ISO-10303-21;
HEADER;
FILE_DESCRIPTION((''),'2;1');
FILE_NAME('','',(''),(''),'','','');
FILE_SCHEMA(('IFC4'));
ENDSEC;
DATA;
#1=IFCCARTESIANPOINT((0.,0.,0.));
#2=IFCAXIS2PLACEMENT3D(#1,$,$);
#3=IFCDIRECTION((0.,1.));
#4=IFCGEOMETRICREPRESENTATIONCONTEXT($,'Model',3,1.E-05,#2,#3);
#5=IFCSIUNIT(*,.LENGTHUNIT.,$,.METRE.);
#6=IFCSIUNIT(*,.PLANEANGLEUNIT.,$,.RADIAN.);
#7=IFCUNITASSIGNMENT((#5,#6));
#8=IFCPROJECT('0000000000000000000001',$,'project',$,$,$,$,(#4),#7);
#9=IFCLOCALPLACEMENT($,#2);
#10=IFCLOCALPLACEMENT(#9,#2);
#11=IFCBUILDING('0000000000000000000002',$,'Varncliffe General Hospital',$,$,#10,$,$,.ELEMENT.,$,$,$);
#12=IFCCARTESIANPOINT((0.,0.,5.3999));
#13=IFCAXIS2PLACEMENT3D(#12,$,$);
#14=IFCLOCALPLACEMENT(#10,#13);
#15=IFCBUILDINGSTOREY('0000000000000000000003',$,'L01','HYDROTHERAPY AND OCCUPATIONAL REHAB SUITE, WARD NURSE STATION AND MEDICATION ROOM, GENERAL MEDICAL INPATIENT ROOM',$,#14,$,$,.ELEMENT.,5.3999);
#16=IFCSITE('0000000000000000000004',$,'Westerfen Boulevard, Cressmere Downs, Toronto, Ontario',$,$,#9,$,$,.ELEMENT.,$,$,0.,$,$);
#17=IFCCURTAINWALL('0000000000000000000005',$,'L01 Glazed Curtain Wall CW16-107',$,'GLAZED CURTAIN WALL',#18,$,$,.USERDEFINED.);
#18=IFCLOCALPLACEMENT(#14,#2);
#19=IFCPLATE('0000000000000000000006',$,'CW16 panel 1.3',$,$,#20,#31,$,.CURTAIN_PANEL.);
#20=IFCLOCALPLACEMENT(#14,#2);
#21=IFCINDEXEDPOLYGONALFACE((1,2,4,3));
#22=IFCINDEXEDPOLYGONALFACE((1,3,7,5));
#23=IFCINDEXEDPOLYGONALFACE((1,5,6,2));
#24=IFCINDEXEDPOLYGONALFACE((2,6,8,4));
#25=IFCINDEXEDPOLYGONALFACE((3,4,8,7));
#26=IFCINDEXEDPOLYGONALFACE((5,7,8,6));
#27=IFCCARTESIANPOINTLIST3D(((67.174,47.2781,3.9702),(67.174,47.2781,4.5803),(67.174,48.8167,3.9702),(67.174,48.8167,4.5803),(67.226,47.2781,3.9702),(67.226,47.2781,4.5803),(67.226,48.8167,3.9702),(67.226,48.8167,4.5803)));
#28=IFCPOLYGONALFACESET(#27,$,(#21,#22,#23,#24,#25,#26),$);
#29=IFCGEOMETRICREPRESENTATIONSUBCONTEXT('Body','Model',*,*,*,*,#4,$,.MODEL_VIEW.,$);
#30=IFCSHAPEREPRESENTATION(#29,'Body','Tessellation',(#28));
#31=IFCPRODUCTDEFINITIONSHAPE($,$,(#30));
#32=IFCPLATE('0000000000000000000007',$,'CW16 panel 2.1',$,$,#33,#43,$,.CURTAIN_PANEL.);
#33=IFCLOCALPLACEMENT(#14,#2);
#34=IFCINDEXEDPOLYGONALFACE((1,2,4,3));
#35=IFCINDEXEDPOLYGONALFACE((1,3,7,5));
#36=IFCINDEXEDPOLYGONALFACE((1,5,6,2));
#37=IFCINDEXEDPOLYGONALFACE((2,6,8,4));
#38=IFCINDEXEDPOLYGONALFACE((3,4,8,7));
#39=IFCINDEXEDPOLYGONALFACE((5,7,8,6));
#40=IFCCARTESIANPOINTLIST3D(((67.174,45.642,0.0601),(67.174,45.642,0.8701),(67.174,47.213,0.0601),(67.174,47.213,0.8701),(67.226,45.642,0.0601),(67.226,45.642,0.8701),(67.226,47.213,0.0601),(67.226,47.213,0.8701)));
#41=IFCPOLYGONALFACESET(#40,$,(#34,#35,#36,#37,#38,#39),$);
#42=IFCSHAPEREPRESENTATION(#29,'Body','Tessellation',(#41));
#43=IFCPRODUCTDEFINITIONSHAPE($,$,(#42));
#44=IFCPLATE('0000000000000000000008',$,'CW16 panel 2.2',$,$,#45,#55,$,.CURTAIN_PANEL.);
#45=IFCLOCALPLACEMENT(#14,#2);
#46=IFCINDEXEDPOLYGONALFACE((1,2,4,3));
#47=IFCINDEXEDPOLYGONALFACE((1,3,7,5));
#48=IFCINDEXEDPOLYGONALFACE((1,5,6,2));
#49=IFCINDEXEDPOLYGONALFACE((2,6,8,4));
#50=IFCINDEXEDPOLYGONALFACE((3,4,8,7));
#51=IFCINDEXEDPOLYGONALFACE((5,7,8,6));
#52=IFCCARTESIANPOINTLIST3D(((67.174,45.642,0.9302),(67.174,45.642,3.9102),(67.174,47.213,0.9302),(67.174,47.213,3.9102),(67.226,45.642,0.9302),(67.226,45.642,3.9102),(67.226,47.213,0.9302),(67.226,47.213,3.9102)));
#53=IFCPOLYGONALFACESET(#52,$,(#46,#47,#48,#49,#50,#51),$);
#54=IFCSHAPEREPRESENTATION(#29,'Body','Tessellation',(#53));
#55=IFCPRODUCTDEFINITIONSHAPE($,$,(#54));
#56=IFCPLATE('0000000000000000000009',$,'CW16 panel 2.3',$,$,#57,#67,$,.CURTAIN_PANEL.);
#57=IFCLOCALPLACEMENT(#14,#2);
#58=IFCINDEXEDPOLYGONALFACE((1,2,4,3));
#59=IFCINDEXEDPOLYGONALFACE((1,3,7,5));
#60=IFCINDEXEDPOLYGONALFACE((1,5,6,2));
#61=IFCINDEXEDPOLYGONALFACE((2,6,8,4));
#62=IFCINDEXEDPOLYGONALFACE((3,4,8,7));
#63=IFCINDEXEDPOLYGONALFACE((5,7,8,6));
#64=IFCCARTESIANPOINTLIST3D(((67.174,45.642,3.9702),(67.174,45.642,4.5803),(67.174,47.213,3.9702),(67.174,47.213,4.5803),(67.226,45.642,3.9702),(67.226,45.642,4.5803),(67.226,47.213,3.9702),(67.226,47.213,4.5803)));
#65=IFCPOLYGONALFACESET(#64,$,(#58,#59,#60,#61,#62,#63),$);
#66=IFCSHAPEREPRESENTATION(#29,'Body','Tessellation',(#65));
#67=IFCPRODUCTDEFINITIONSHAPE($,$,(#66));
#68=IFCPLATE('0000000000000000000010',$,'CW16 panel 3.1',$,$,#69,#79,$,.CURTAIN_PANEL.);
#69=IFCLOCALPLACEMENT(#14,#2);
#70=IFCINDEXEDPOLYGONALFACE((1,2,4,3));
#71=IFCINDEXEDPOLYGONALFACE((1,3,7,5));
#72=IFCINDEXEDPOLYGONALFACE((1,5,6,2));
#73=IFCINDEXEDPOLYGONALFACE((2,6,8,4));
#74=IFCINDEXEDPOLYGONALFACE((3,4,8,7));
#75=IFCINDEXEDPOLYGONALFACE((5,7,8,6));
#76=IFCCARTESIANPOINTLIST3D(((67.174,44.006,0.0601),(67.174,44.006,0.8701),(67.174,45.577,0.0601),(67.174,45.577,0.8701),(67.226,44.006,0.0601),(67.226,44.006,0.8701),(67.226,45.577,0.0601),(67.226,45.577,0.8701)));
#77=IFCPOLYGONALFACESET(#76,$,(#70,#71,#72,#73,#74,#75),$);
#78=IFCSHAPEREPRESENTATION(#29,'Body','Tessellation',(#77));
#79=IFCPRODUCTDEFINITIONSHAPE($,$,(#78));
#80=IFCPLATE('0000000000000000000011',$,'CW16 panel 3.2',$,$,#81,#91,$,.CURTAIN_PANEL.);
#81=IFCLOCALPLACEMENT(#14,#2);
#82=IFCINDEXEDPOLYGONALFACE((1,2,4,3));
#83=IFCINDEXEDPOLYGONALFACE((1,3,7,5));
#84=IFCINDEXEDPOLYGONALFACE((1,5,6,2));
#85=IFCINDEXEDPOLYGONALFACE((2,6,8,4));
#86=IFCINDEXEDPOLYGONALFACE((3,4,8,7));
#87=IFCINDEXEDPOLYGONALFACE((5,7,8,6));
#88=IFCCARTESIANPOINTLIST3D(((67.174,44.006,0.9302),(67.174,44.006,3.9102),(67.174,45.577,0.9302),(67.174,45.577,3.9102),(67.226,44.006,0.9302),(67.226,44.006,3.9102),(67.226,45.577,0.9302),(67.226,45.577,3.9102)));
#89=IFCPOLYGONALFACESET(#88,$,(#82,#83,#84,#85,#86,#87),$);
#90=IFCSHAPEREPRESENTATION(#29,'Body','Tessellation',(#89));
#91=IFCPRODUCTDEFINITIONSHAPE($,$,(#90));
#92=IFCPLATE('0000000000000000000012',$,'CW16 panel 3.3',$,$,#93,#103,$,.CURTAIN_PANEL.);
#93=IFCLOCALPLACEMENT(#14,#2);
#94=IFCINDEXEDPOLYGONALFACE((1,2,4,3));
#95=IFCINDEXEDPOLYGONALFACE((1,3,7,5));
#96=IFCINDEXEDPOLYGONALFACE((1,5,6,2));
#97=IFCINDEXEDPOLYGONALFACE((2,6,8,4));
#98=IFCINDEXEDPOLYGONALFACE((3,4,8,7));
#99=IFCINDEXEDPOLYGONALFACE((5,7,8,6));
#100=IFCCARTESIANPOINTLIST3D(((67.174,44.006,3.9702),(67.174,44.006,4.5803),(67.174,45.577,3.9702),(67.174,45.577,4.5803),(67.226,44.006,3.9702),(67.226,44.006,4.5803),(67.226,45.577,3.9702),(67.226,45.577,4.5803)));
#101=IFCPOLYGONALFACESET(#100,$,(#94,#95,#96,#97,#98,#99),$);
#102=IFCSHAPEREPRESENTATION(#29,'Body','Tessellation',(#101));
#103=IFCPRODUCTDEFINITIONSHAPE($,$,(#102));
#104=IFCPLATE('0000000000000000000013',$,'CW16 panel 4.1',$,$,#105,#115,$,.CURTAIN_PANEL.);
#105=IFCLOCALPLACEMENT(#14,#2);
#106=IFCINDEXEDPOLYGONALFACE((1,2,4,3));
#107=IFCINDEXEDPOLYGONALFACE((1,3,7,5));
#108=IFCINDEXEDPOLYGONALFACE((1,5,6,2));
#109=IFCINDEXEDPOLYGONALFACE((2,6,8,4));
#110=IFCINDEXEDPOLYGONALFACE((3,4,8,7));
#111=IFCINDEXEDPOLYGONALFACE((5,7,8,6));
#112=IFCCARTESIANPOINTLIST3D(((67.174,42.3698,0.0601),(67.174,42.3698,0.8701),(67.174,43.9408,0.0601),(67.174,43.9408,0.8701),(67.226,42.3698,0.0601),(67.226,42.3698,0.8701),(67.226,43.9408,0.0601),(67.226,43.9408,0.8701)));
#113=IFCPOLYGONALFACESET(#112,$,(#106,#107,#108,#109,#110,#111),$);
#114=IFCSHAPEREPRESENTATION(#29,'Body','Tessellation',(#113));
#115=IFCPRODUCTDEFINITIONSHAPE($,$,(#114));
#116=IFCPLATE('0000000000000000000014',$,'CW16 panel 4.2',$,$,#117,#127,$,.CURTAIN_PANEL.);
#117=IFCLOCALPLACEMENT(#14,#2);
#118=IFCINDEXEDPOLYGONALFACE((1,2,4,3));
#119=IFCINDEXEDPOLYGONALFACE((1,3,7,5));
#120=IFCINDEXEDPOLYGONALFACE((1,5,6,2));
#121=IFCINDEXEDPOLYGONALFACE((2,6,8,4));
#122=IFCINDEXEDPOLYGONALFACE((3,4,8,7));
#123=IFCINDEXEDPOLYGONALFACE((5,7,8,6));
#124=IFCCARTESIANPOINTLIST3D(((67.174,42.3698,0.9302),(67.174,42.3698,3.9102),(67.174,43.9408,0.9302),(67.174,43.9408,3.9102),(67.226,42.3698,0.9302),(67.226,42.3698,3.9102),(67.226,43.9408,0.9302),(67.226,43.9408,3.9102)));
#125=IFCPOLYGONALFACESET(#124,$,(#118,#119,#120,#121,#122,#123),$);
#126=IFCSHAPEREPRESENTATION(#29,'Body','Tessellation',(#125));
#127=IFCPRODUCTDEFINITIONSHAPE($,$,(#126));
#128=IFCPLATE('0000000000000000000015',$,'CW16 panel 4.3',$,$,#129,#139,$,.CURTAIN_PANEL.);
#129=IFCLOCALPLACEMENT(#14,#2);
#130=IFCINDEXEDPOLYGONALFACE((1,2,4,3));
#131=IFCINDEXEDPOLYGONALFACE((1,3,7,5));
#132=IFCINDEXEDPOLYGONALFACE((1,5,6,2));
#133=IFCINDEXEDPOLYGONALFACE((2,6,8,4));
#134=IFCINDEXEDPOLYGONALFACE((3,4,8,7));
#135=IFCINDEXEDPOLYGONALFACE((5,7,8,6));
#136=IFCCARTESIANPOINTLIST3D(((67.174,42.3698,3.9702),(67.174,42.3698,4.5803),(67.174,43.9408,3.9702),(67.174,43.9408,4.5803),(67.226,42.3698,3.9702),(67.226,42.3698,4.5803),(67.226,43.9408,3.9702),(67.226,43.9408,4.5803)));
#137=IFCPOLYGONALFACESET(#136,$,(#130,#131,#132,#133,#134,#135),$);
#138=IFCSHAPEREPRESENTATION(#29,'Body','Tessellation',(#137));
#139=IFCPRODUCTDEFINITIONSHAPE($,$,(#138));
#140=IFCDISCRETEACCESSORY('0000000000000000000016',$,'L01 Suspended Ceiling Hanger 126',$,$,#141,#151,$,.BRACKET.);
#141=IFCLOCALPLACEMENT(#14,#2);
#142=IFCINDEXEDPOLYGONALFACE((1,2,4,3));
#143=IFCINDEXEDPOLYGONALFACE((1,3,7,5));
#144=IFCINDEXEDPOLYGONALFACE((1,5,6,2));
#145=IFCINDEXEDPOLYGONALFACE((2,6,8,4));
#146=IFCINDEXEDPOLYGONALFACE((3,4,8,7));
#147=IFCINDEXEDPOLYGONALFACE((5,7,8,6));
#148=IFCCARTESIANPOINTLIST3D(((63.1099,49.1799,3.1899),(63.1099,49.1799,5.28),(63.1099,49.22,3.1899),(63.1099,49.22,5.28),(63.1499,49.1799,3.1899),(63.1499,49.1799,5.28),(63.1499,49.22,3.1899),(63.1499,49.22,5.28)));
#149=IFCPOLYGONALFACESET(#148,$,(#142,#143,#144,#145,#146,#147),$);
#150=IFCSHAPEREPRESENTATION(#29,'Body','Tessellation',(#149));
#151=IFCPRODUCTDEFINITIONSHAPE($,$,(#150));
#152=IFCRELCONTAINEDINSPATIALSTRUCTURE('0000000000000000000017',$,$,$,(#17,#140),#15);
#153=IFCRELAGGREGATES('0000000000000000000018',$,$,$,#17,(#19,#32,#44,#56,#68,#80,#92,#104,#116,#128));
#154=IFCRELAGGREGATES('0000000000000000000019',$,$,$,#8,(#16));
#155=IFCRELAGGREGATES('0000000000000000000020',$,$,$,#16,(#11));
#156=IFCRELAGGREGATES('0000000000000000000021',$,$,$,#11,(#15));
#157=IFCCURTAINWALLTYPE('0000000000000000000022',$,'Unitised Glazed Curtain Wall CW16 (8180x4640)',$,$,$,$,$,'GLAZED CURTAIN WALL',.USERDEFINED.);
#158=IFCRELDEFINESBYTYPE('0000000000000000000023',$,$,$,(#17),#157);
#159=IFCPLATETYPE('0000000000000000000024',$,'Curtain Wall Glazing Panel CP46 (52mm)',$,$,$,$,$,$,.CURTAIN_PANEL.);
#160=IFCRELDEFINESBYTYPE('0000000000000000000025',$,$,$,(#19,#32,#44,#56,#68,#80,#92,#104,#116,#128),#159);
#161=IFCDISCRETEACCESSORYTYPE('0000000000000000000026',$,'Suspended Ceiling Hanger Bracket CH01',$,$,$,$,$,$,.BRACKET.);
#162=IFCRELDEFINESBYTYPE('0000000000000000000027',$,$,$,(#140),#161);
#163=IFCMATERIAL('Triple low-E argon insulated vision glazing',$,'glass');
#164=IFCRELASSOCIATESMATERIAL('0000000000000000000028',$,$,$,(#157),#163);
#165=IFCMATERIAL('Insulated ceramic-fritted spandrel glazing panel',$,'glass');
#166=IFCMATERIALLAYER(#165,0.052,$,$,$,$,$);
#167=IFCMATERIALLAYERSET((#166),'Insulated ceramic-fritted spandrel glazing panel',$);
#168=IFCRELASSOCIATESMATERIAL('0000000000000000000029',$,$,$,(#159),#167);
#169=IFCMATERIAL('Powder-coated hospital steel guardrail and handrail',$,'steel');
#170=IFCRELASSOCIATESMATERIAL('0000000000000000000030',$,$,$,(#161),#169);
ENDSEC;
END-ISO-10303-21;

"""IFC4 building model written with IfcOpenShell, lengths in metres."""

from ifc_helpers import new_model, si_unit, direction, frame, origin, origin_2d, place, context, subcontext, project, spatial, rectangle, extrude, material, layer, layer_set, type_object, element, aggregate, save


model = new_model("IFC4")

# Units and contexts
model_context = context("Model", 3, precision=1e-05, world=origin(), true_north=direction((0.0, 1.0)))
body_context = subcontext(model_context, "Body", "Model", "MODEL_VIEW")
ifc_project = project(units=[si_unit("LENGTHUNIT", "METRE"), si_unit("PLANEANGLEUNIT", "RADIAN")], contexts=[model_context])

# Site, building, storey
site_placement = place(None, origin())
site = spatial("IfcSite", under=ifc_project, at=site_placement, Name="Westerfen Boulevard, Cressmere Downs, Toronto, Ontario", CompositionType="ELEMENT", RefElevation=0.0)
building_placement = place(site_placement, origin())
building = spatial("IfcBuilding", under=site, at=building_placement, Name="Varncliffe General Hospital", CompositionType="ELEMENT")
storey_placement = place(building_placement, frame((0.0, 0.0, 5.3999)))
storey = spatial("IfcBuildingStorey", under=building, at=storey_placement, Name="L01", Description="HYDROTHERAPY AND OCCUPATIONAL REHAB SUITE, WARD NURSE STATION AND MEDICATION ROOM, GENERAL MEDICAL INPATIENT ROOM", CompositionType="ELEMENT", Elevation=5.3999)

# Shared definitions
ifc_material_1 = material(Name="Triple low-E argon insulated vision glazing", Category="glass")

# Curtain wall
curtain_wall_type_1 = type_object("IfcCurtainWallType", Name="Unitised Glazed Curtain Wall CW16 (8180x4640)", ElementType="GLAZED CURTAIN WALL", PredefinedType="USERDEFINED", material=ifc_material_1)
curtain_wall_1_placement = place(storey_placement, origin())
curtain_wall_1 = element("IfcCurtainWall", 1, at=curtain_wall_1_placement, inside=storey, type_object=curtain_wall_type_1, Name="L01 Glazed Curtain Wall CW16-107", ObjectType="GLAZED CURTAIN WALL", PredefinedType="USERDEFINED")

# Plates
ifc_material_2 = material(Name="Insulated ceramic-fritted spandrel glazing panel", Category="glass")
ifc_layer_1 = layer(ifc_material_2, 0.052)
ifc_layer_set_1 = layer_set([ifc_layer_1], Name="Insulated ceramic-fritted spandrel glazing panel")
plate_type_1 = type_object("IfcPlateType", Name="Curtain Wall Glazing Panel CP46 (52mm)", PredefinedType="CURTAIN_PANEL", material=ifc_layer_set_1)
plate_1_placement = place(storey_placement, frame((67.2, 48.0474, 3.9702), z_axis=(0.0, 0.0, 1.0), x_axis=(0.0, -1.0, 0.0)))
plate_1 = element("IfcPlate", 2, at=plate_1_placement, type_object=plate_type_1, Name="CW16 panel 1.3", PredefinedType="CURTAIN_PANEL", context=body_context, shape_type="SweptSolid", body=[
    extrude(rectangle(XDim=1.5386, YDim=0.052, at=origin_2d()), origin(), (0.0, 0.0, 1.0), 0.6101),
])
plate_2_placement = place(storey_placement, frame((67.2, 46.4275, 0.0601), z_axis=(0.0, 0.0, 1.0), x_axis=(0.0, -1.0, 0.0)))
plate_2 = element("IfcPlate", 3, at=plate_2_placement, type_object=plate_type_1, Name="CW16 panel 2.1", PredefinedType="CURTAIN_PANEL", context=body_context, shape_type="SweptSolid", body=[
    extrude(rectangle(XDim=1.571, YDim=0.052, at=origin_2d()), origin(), (0.0, 0.0, 1.0), 0.8101),
])
plate_3_placement = place(storey_placement, frame((67.2, 46.4275, 0.9302), z_axis=(0.0, 0.0, 1.0), x_axis=(0.0, -1.0, 0.0)))
plate_3 = element("IfcPlate", 4, at=plate_3_placement, type_object=plate_type_1, Name="CW16 panel 2.2", PredefinedType="CURTAIN_PANEL", context=body_context, shape_type="SweptSolid", body=[
    extrude(rectangle(XDim=1.571, YDim=0.052, at=origin_2d()), origin(), (0.0, 0.0, 1.0), 2.98),
])
plate_4_placement = place(storey_placement, frame((67.2, 46.4275, 3.9702), z_axis=(0.0, 0.0, 1.0), x_axis=(0.0, -1.0, 0.0)))
plate_4 = element("IfcPlate", 5, at=plate_4_placement, type_object=plate_type_1, Name="CW16 panel 2.3", PredefinedType="CURTAIN_PANEL", context=body_context, shape_type="SweptSolid", body=[
    extrude(rectangle(XDim=1.571, YDim=0.052, at=origin_2d()), origin(), (0.0, 0.0, 1.0), 0.6101),
])
plate_5_placement = place(storey_placement, frame((67.2, 44.7915, 0.0601), z_axis=(0.0, 0.0, 1.0), x_axis=(0.0, -1.0, 0.0)))
plate_5 = element("IfcPlate", 6, at=plate_5_placement, type_object=plate_type_1, Name="CW16 panel 3.1", PredefinedType="CURTAIN_PANEL", context=body_context, shape_type="SweptSolid", body=[
    extrude(rectangle(XDim=1.571, YDim=0.052, at=origin_2d()), origin(), (0.0, 0.0, 1.0), 0.8101),
])
plate_6_placement = place(storey_placement, frame((67.2, 44.7915, 0.9302), z_axis=(0.0, 0.0, 1.0), x_axis=(0.0, -1.0, 0.0)))
plate_6 = element("IfcPlate", 7, at=plate_6_placement, type_object=plate_type_1, Name="CW16 panel 3.2", PredefinedType="CURTAIN_PANEL", context=body_context, shape_type="SweptSolid", body=[
    extrude(rectangle(XDim=1.571, YDim=0.052, at=origin_2d()), origin(), (0.0, 0.0, 1.0), 2.98),
])
plate_7_placement = place(storey_placement, frame((67.2, 44.7915, 3.9702), z_axis=(0.0, 0.0, 1.0), x_axis=(0.0, -1.0, 0.0)))
plate_7 = element("IfcPlate", 8, at=plate_7_placement, type_object=plate_type_1, Name="CW16 panel 3.3", PredefinedType="CURTAIN_PANEL", context=body_context, shape_type="SweptSolid", body=[
    extrude(rectangle(XDim=1.571, YDim=0.052, at=origin_2d()), origin(), (0.0, 0.0, 1.0), 0.6101),
])
plate_8_placement = place(storey_placement, frame((67.2, 43.1553, 0.0601), z_axis=(0.0, 0.0, 1.0), x_axis=(0.0, -1.0, 0.0)))
plate_8 = element("IfcPlate", 9, at=plate_8_placement, type_object=plate_type_1, Name="CW16 panel 4.1", PredefinedType="CURTAIN_PANEL", context=body_context, shape_type="SweptSolid", body=[
    extrude(rectangle(XDim=1.571, YDim=0.052, at=origin_2d()), origin(), (0.0, 0.0, 1.0), 0.8101),
])
plate_9_placement = place(storey_placement, frame((67.2, 43.1553, 0.9302), z_axis=(0.0, 0.0, 1.0), x_axis=(0.0, -1.0, 0.0)))
plate_9 = element("IfcPlate", 10, at=plate_9_placement, type_object=plate_type_1, Name="CW16 panel 4.2", PredefinedType="CURTAIN_PANEL", context=body_context, shape_type="SweptSolid", body=[
    extrude(rectangle(XDim=1.571, YDim=0.052, at=origin_2d()), origin(), (0.0, 0.0, 1.0), 2.98),
])
plate_10_placement = place(storey_placement, frame((67.2, 43.1553, 3.9702), z_axis=(0.0, 0.0, 1.0), x_axis=(0.0, -1.0, 0.0)))
plate_10 = element("IfcPlate", 11, at=plate_10_placement, type_object=plate_type_1, Name="CW16 panel 4.3", PredefinedType="CURTAIN_PANEL", context=body_context, shape_type="SweptSolid", body=[
    extrude(rectangle(XDim=1.571, YDim=0.052, at=origin_2d()), origin(), (0.0, 0.0, 1.0), 0.6101),
])
aggregate(curtain_wall_1, [plate_1, plate_2, plate_3, plate_4, plate_5, plate_6, plate_7, plate_8, plate_9, plate_10])

# Discrete accessory
ifc_material_3 = material(Name="Powder-coated hospital steel guardrail and handrail", Category="steel")
discrete_accessory_type = type_object("IfcDiscreteAccessoryType", Name="Suspended Ceiling Hanger Bracket CH01", PredefinedType="BRACKET", material=ifc_material_3)
discrete_accessory_placement = place(storey_placement, frame((63.1299, 49.2, 3.1899), z_axis=(0.0, 0.0, 1.0), x_axis=(1.0, 0.0, 0.0)))
element("IfcDiscreteAccessory", 12, at=discrete_accessory_placement, inside=storey, type_object=discrete_accessory_type, Name="L01 Suspended Ceiling Hanger 126", PredefinedType="BRACKET", context=body_context, shape_type="SweptSolid", body=[
    extrude(rectangle(XDim=0.04, YDim=0.04, at=origin_2d()), origin(), (0.0, 0.0, 1.0), 2.0901),
])

save(model, "model.ifc")
